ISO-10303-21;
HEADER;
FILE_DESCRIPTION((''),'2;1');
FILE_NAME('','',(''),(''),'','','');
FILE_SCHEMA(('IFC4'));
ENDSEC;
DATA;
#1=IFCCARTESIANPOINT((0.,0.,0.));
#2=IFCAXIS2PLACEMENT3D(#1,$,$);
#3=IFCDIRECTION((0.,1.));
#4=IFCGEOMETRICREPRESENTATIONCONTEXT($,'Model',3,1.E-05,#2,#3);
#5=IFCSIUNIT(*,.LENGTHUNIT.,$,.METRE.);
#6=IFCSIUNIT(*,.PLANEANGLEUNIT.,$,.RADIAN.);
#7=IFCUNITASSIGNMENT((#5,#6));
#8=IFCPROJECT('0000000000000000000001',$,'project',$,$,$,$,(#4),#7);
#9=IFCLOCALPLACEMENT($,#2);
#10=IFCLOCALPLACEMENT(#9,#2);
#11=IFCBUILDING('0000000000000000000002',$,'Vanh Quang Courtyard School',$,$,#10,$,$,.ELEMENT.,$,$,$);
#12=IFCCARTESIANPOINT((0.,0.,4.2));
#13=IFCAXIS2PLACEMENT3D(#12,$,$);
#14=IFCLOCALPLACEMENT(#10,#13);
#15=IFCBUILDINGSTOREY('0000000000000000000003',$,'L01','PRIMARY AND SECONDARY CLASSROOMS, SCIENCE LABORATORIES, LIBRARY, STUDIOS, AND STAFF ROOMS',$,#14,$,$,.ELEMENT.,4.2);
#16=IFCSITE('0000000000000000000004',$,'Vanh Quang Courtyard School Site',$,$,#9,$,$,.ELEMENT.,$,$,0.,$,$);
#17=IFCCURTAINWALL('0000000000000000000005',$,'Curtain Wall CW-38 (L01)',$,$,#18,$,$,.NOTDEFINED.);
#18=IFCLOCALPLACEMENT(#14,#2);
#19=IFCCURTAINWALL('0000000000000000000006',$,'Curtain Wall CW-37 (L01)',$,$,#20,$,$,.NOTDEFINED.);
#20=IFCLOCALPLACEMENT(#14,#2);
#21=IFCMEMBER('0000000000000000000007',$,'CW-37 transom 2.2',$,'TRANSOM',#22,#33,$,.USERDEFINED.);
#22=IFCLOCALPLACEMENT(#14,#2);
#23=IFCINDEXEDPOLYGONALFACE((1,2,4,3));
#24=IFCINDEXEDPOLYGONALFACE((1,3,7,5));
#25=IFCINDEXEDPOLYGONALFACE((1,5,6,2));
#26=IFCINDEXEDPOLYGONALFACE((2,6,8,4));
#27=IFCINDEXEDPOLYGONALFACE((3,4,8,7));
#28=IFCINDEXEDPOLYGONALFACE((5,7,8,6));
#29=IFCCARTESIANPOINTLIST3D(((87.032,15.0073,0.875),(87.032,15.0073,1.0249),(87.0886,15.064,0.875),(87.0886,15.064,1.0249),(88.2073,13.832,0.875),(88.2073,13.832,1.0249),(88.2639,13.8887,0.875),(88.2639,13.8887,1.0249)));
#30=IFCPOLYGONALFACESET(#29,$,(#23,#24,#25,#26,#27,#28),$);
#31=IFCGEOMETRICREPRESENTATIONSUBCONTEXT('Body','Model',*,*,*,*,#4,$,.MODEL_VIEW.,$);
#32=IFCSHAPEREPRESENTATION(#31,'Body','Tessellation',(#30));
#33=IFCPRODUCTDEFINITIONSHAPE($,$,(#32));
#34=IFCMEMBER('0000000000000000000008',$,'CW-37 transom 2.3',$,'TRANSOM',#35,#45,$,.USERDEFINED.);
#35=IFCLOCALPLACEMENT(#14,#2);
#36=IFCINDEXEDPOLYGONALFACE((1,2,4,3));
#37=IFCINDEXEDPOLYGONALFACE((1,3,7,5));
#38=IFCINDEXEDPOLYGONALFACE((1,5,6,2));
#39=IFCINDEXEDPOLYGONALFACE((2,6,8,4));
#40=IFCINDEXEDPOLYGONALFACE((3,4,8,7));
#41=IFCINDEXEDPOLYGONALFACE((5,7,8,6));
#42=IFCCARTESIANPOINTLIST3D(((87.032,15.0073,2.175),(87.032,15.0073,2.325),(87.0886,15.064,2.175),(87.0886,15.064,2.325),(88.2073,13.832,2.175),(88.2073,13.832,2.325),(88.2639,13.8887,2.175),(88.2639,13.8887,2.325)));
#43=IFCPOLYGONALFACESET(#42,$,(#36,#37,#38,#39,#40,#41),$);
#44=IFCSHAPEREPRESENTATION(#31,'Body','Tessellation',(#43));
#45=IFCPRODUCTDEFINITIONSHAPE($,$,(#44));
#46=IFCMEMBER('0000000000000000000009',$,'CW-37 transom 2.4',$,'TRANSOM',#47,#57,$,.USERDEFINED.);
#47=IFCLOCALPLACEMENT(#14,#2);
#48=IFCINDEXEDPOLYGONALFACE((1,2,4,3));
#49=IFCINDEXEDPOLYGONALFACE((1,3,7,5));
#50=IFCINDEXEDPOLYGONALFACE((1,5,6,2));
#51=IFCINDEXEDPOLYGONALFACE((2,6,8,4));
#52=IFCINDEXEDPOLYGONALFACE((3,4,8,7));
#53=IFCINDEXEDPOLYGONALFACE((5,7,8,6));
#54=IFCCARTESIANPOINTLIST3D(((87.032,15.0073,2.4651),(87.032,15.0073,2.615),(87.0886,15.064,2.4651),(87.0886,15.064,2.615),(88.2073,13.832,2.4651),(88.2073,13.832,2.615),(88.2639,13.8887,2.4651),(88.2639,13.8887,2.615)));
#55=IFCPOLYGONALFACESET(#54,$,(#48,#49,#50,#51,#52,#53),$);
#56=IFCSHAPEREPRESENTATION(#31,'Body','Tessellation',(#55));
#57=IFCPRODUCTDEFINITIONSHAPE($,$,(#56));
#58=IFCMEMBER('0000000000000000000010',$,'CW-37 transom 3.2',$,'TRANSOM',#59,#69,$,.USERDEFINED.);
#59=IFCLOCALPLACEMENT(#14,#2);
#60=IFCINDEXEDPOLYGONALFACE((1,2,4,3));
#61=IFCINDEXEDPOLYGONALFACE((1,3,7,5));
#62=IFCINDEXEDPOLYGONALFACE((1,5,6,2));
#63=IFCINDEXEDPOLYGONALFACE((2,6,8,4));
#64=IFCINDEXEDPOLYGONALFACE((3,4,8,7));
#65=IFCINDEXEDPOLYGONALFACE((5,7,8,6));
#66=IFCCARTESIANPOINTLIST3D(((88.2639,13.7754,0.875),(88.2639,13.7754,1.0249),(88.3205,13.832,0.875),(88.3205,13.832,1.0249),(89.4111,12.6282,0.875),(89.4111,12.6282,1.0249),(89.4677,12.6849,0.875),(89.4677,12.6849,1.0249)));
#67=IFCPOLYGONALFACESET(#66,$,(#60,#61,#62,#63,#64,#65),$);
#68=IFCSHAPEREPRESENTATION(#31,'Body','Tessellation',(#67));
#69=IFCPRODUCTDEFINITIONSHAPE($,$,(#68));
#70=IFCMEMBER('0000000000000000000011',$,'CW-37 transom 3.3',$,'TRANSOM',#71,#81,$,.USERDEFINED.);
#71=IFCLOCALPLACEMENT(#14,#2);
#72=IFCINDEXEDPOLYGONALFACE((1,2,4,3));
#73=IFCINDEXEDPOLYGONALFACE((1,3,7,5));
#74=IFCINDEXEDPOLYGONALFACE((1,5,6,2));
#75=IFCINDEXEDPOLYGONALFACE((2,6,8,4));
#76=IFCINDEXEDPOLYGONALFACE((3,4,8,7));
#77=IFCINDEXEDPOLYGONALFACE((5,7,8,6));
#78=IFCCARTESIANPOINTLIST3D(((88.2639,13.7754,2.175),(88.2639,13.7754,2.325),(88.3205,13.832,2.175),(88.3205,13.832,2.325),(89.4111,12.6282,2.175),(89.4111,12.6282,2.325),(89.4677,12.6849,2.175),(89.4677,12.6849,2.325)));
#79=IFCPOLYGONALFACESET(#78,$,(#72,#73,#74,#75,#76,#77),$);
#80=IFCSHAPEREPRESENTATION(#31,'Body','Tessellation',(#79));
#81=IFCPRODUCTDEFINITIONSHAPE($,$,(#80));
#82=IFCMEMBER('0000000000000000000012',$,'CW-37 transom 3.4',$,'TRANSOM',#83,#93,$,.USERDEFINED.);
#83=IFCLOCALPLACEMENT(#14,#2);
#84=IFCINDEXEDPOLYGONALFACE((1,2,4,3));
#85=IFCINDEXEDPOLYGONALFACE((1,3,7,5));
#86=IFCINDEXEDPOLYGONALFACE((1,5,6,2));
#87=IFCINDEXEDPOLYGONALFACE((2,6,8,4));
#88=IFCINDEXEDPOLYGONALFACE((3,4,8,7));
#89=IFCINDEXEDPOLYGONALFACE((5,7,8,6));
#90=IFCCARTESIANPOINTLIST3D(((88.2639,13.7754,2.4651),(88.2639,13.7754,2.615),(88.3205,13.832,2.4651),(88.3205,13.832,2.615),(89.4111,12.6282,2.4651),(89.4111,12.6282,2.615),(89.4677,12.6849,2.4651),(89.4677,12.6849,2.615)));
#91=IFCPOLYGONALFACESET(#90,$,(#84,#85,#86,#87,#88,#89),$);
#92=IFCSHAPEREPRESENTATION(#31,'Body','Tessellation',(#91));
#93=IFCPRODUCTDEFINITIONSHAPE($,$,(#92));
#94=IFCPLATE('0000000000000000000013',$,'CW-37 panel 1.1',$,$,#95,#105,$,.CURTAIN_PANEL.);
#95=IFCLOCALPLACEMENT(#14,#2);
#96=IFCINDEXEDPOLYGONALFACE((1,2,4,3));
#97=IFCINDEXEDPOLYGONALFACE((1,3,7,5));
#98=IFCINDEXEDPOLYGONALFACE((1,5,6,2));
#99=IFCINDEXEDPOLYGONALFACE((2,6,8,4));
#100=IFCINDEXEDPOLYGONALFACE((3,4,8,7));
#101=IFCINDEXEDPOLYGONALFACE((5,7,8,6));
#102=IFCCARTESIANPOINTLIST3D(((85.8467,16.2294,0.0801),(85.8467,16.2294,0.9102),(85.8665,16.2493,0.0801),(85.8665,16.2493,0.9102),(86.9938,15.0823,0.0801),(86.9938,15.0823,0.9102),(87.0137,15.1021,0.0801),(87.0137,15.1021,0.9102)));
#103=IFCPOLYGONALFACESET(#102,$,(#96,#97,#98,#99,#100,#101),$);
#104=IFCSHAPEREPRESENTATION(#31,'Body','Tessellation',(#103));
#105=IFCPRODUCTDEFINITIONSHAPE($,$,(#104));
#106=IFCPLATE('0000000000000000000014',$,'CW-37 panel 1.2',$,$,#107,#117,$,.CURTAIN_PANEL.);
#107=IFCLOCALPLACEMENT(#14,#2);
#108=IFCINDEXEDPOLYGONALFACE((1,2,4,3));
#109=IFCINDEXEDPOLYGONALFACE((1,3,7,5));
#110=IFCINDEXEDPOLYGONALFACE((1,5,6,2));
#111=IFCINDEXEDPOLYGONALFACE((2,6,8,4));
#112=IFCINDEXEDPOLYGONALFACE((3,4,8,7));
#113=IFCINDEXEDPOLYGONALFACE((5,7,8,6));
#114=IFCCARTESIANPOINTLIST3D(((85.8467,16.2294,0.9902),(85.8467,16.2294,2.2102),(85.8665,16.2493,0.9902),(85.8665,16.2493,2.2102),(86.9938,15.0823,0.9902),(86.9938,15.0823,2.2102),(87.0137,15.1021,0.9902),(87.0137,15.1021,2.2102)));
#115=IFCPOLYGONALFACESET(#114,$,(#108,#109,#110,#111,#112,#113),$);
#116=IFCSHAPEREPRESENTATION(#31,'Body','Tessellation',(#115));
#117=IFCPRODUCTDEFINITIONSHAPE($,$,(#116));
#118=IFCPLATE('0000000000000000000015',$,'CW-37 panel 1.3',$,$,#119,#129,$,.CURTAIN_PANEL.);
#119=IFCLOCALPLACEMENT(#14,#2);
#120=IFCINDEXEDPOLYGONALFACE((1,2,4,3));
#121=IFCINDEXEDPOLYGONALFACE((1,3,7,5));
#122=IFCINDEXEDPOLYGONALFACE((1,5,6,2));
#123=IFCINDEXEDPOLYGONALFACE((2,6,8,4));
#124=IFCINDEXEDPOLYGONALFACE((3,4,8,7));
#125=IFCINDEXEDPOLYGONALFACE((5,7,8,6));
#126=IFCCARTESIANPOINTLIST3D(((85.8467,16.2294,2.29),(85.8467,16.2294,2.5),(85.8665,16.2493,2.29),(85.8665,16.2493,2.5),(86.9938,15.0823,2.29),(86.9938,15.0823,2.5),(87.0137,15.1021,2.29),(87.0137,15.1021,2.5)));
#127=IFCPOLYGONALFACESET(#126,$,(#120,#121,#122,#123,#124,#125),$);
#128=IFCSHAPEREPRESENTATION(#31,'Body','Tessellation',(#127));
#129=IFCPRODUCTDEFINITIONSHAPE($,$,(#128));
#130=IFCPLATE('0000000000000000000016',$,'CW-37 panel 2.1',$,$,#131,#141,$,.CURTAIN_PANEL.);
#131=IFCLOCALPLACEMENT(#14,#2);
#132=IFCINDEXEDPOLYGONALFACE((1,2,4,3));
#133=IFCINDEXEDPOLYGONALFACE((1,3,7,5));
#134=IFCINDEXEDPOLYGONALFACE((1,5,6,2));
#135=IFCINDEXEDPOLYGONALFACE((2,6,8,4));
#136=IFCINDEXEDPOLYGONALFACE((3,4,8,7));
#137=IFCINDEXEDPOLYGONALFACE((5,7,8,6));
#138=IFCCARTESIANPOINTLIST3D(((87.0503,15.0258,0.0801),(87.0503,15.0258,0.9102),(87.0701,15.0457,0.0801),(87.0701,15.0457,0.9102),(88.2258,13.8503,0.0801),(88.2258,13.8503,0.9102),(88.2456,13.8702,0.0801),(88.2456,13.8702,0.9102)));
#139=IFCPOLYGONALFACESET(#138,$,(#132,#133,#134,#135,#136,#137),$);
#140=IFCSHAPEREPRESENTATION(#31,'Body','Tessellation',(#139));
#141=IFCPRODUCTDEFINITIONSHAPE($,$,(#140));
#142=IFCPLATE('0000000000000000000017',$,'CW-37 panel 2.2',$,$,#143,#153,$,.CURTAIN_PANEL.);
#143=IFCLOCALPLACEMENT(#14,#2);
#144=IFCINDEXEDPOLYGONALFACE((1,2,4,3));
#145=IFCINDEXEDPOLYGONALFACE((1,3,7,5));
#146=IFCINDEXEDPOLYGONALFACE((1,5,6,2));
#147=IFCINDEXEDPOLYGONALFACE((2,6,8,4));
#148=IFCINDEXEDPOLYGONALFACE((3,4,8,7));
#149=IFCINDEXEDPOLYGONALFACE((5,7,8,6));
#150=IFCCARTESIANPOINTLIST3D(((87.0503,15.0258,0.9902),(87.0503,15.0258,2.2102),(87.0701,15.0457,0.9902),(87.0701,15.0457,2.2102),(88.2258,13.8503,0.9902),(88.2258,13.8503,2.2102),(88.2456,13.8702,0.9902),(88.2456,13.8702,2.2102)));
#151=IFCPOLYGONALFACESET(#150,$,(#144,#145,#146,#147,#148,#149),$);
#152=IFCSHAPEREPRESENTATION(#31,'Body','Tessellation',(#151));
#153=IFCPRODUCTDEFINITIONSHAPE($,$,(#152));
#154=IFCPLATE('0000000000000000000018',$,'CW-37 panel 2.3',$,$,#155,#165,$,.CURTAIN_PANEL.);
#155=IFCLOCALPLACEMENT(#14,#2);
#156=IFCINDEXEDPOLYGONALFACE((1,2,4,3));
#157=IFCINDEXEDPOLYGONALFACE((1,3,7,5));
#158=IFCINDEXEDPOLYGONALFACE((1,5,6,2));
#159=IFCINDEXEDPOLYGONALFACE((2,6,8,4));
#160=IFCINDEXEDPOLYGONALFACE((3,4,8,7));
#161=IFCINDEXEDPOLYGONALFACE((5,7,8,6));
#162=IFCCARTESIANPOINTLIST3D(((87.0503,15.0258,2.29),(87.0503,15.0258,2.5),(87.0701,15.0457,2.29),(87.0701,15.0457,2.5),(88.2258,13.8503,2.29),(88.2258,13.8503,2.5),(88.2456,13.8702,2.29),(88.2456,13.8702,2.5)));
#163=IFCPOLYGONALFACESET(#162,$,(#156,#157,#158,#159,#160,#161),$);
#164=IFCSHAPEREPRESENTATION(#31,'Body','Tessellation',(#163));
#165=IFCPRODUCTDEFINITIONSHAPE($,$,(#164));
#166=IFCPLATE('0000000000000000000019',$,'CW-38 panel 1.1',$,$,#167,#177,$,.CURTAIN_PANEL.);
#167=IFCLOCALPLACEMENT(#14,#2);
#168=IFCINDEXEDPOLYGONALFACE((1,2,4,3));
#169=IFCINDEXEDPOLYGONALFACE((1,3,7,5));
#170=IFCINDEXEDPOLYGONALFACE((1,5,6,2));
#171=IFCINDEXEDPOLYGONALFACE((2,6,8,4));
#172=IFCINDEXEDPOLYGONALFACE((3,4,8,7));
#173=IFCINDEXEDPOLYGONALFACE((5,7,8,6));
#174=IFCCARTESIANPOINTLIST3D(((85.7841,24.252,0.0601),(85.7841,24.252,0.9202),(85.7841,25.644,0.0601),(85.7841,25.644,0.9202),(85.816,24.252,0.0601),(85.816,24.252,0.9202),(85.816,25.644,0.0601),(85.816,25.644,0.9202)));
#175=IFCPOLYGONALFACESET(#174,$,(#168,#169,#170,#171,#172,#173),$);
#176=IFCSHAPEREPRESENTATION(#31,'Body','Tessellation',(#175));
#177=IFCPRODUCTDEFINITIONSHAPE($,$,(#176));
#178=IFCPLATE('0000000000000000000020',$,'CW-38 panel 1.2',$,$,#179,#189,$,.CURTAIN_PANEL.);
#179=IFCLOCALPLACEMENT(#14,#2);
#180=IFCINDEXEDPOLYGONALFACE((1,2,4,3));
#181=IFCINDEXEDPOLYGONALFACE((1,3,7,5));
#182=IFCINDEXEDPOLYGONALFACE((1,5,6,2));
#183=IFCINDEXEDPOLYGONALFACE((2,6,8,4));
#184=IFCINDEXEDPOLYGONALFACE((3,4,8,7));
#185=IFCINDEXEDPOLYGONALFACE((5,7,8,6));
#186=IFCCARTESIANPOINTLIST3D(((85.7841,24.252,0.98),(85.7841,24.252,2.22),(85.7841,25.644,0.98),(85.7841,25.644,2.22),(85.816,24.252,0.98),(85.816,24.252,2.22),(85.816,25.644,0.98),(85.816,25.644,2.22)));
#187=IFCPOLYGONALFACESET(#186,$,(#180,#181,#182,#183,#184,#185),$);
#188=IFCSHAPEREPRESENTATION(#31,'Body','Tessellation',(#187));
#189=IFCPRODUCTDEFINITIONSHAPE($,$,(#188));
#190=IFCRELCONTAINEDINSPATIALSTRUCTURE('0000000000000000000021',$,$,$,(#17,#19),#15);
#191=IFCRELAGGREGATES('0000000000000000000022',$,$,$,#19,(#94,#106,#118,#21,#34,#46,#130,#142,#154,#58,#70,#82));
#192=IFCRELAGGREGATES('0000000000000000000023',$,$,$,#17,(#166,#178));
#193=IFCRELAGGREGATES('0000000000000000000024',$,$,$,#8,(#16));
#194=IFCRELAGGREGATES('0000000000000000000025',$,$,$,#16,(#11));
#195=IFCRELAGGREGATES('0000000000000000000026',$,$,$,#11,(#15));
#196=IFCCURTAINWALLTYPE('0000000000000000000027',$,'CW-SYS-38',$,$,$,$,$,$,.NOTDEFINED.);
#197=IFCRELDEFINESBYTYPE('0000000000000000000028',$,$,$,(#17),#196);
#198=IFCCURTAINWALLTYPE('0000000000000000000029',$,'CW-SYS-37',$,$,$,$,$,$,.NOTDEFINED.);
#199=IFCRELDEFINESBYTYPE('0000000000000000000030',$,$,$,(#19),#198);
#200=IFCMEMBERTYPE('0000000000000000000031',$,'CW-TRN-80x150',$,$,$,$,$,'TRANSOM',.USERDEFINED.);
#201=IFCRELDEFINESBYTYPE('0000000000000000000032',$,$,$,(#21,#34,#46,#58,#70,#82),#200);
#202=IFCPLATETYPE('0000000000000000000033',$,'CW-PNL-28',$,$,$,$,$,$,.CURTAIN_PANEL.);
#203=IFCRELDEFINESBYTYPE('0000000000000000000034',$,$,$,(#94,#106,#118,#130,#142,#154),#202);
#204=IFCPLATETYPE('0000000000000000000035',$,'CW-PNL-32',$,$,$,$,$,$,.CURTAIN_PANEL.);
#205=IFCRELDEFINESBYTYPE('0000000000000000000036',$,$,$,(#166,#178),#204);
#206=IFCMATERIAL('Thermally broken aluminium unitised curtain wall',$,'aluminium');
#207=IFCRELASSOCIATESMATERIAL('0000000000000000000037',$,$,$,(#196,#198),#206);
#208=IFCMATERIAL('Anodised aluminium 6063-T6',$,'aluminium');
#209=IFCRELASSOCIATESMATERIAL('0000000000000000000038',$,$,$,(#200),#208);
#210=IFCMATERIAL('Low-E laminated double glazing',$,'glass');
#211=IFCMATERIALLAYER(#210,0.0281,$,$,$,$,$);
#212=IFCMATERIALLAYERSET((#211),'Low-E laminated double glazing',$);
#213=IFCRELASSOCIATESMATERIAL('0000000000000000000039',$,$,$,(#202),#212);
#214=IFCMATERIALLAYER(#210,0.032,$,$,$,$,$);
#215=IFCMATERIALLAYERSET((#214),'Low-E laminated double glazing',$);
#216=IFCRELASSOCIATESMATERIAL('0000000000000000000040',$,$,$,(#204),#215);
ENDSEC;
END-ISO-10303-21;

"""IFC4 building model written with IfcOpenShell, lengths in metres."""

from ifc_helpers import new_model, si_unit, direction, frame, origin, origin_2d, place, context, subcontext, project, spatial, rectangle, extrude, material, layer, layer_set, material_profile, profile_set, type_object, element, aggregate, save


model = new_model("IFC4")

# Units and contexts
model_context = context("Model", 3, precision=1e-05, world=origin(), true_north=direction((0.0, 1.0)))
body_context = subcontext(model_context, "Body", "Model", "MODEL_VIEW")
ifc_project = project(units=[si_unit("LENGTHUNIT", "METRE"), si_unit("PLANEANGLEUNIT", "RADIAN")], contexts=[model_context])

# Site, building, storey
site_placement = place(None, origin())
site = spatial("IfcSite", under=ifc_project, at=site_placement, Name="Vanh Quang Courtyard School Site", CompositionType="ELEMENT", RefElevation=0.0)
building_placement = place(site_placement, origin())
building = spatial("IfcBuilding", under=site, at=building_placement, Name="Vanh Quang Courtyard School", CompositionType="ELEMENT")
storey_placement = place(building_placement, frame((0.0, 0.0, 4.2)))
storey = spatial("IfcBuildingStorey", under=building, at=storey_placement, Name="L01", Description="PRIMARY AND SECONDARY CLASSROOMS, SCIENCE LABORATORIES, LIBRARY, STUDIOS, AND STAFF ROOMS", CompositionType="ELEMENT", Elevation=4.2)

# Curtain wall
ifc_material_1 = material(Name="Thermally broken aluminium unitised curtain wall", Category="aluminium")
curtain_wall_type_1 = type_object("IfcCurtainWallType", Name="CW-SYS-38", PredefinedType="NOTDEFINED", material=ifc_material_1)
curtain_wall_1_placement = place(storey_placement, origin())
curtain_wall_1 = element("IfcCurtainWall", 1, at=curtain_wall_1_placement, inside=storey, type_object=curtain_wall_type_1, Name="Curtain Wall CW-38 (L01)", PredefinedType="NOTDEFINED")
ifc_material_2 = material(Name="Anodised aluminium 6063-T6", Category="aluminium")

# Curtain wall
curtain_wall_type_2 = type_object("IfcCurtainWallType", Name="CW-SYS-37", PredefinedType="NOTDEFINED", material=ifc_material_1)
curtain_wall_2_placement = place(storey_placement, origin())
curtain_wall_2 = element("IfcCurtainWall", 2, at=curtain_wall_2_placement, inside=storey, type_object=curtain_wall_type_2, Name="Curtain Wall CW-37 (L01)", PredefinedType="NOTDEFINED")

# Members
ifc_material_profile_1 = material_profile(ifc_material_2, rectangle(XDim=0.0801, YDim=0.1499, at=origin_2d()), Name="ALU-TRN 80x150")
ifc_profile_set_1 = profile_set([ifc_material_profile_1], Name="Anodised aluminium 6063-T6")
member_type_1 = type_object("IfcMemberType", Name="CW-TRN-80x150", ElementType="TRANSOM", PredefinedType="USERDEFINED", material=ifc_profile_set_1)
member_1_placement = place(storey_placement, frame((87.0603, 15.0356, 0.95), z_axis=(0.707107, -0.707107, 0.0), x_axis=(0.707107, 0.707107, 0.0)))
member_1 = element("IfcMember", 3, at=member_1_placement, type_object=member_type_1, Name="CW-37 transom 2.2", ObjectType="TRANSOM", PredefinedType="USERDEFINED", context=body_context, shape_type="SweptSolid", body=[
    extrude(rectangle(XDim=0.0801, YDim=0.1499, at=origin_2d()), origin(), (0.0, 0.0, 1.0), 1.6621),
])
member_2_placement = place(storey_placement, frame((87.0603, 15.0356, 2.25), z_axis=(0.707107, -0.707107, 0.0), x_axis=(0.707107, 0.707107, 0.0)))
member_2 = element("IfcMember", 4, at=member_2_placement, type_object=member_type_1, Name="CW-37 transom 2.3", ObjectType="TRANSOM", PredefinedType="USERDEFINED", context=body_context, shape_type="SweptSolid", body=[
    extrude(rectangle(XDim=0.0801, YDim=0.1499, at=origin_2d()), origin(), (0.0, 0.0, 1.0), 1.6621),
])
member_3_placement = place(storey_placement, frame((87.0603, 15.0356, 2.54), z_axis=(0.707107, -0.707107, 0.0), x_axis=(0.707107, 0.707107, 0.0)))
member_3 = element("IfcMember", 5, at=member_3_placement, type_object=member_type_1, Name="CW-37 transom 2.4", ObjectType="TRANSOM", PredefinedType="USERDEFINED", context=body_context, shape_type="SweptSolid", body=[
    extrude(rectangle(XDim=0.0801, YDim=0.1499, at=origin_2d()), origin(), (0.0, 0.0, 1.0), 1.6621),
])
member_4_placement = place(storey_placement, frame((88.2922, 13.8037, 0.95), z_axis=(0.707107, -0.707107, 0.0), x_axis=(0.707107, 0.707107, 0.0)))
member_4 = element("IfcMember", 6, at=member_4_placement, type_object=member_type_1, Name="CW-37 transom 3.2", ObjectType="TRANSOM", PredefinedType="USERDEFINED", context=body_context, shape_type="SweptSolid", body=[
    extrude(rectangle(XDim=0.0801, YDim=0.1499, at=origin_2d()), origin(), (0.0, 0.0, 1.0), 1.6223),
])
member_5_placement = place(storey_placement, frame((88.2922, 13.8037, 2.25), z_axis=(0.707107, -0.707107, 0.0), x_axis=(0.707107, 0.707107, 0.0)))
member_5 = element("IfcMember", 7, at=member_5_placement, type_object=member_type_1, Name="CW-37 transom 3.3", ObjectType="TRANSOM", PredefinedType="USERDEFINED", context=body_context, shape_type="SweptSolid", body=[
    extrude(rectangle(XDim=0.0801, YDim=0.1499, at=origin_2d()), origin(), (0.0, 0.0, 1.0), 1.6223),
])
member_6_placement = place(storey_placement, frame((88.2922, 13.8037, 2.54), z_axis=(0.707107, -0.707107, 0.0), x_axis=(0.707107, 0.707107, 0.0)))
member_6 = element("IfcMember", 8, at=member_6_placement, type_object=member_type_1, Name="CW-37 transom 3.4", ObjectType="TRANSOM", PredefinedType="USERDEFINED", context=body_context, shape_type="SweptSolid", body=[
    extrude(rectangle(XDim=0.0801, YDim=0.1499, at=origin_2d()), origin(), (0.0, 0.0, 1.0), 1.6223),
])

# Plates
ifc_material_3 = material(Name="Low-E laminated double glazing", Category="glass")
ifc_layer_1 = layer(ifc_material_3, 0.0281)
ifc_layer_set_1 = layer_set([ifc_layer_1], Name="Low-E laminated double glazing")
plate_type_1 = type_object("IfcPlateType", Name="CW-PNL-28", PredefinedType="CURTAIN_PANEL", material=ifc_layer_set_1)
plate_1_placement = place(storey_placement, frame((86.4302, 15.6658, 0.0801), z_axis=(0.0, 0.0, 1.0), x_axis=(0.707107, -0.707107, 0.0)))
plate_1 = element("IfcPlate", 9, at=plate_1_placement, type_object=plate_type_1, Name="CW-37 panel 1.1", PredefinedType="CURTAIN_PANEL", context=body_context, shape_type="SweptSolid", body=[
    extrude(rectangle(XDim=1.6223, YDim=0.0281, at=origin_2d()), origin(), (0.0, 0.0, 1.0), 0.8301),
])
plate_2_placement = place(storey_placement, frame((86.4302, 15.6658, 0.9902), z_axis=(0.0, 0.0, 1.0), x_axis=(0.707107, -0.707107, 0.0)))
plate_2 = element("IfcPlate", 10, at=plate_2_placement, type_object=plate_type_1, Name="CW-37 panel 1.2", PredefinedType="CURTAIN_PANEL", context=body_context, shape_type="SweptSolid", body=[
    extrude(rectangle(XDim=1.6223, YDim=0.0281, at=origin_2d()), origin(), (0.0, 0.0, 1.0), 1.22),
])
plate_3_placement = place(storey_placement, frame((86.4302, 15.6658, 2.29), z_axis=(0.0, 0.0, 1.0), x_axis=(0.707107, -0.707107, 0.0)))
plate_3 = element("IfcPlate", 11, at=plate_3_placement, type_object=plate_type_1, Name="CW-37 panel 1.3", PredefinedType="CURTAIN_PANEL", context=body_context, shape_type="SweptSolid", body=[
    extrude(rectangle(XDim=1.6223, YDim=0.0281, at=origin_2d()), origin(), (0.0, 0.0, 1.0), 0.21),
])
plate_4_placement = place(storey_placement, frame((87.6479, 14.448, 0.0801), z_axis=(0.0, 0.0, 1.0), x_axis=(0.707107, -0.707107, 0.0)))
plate_4 = element("IfcPlate", 12, at=plate_4_placement, type_object=plate_type_1, Name="CW-37 panel 2.1", PredefinedType="CURTAIN_PANEL", context=body_context, shape_type="SweptSolid", body=[
    extrude(rectangle(XDim=1.6624, YDim=0.0281, at=origin_2d()), origin(), (0.0, 0.0, 1.0), 0.8301),
])
plate_5_placement = place(storey_placement, frame((87.6479, 14.448, 0.9902), z_axis=(0.0, 0.0, 1.0), x_axis=(0.707107, -0.707107, 0.0)))
plate_5 = element("IfcPlate", 13, at=plate_5_placement, type_object=plate_type_1, Name="CW-37 panel 2.2", PredefinedType="CURTAIN_PANEL", context=body_context, shape_type="SweptSolid", body=[
    extrude(rectangle(XDim=1.6624, YDim=0.0281, at=origin_2d()), origin(), (0.0, 0.0, 1.0), 1.22),
])
plate_6_placement = place(storey_placement, frame((87.6479, 14.448, 2.29), z_axis=(0.0, 0.0, 1.0), x_axis=(0.707107, -0.707107, 0.0)))
plate_6 = element("IfcPlate", 14, at=plate_6_placement, type_object=plate_type_1, Name="CW-37 panel 2.3", PredefinedType="CURTAIN_PANEL", context=body_context, shape_type="SweptSolid", body=[
    extrude(rectangle(XDim=1.6624, YDim=0.0281, at=origin_2d()), origin(), (0.0, 0.0, 1.0), 0.21),
])
aggregate(curtain_wall_2, [plate_1, plate_2, plate_3, member_1, member_2, member_3, plate_4, plate_5, plate_6, member_4, member_5, member_6])
ifc_layer_2 = layer(ifc_material_3, 0.032)
ifc_layer_set_2 = layer_set([ifc_layer_2], Name="Low-E laminated double glazing")
plate_type_2 = type_object("IfcPlateType", Name="CW-PNL-32", PredefinedType="CURTAIN_PANEL", material=ifc_layer_set_2)
plate_7_placement = place(storey_placement, frame((85.8, 24.948, 0.0601), z_axis=(0.0, 0.0, 1.0), x_axis=(0.0, -1.0, 0.0)))
plate_7 = element("IfcPlate", 15, at=plate_7_placement, type_object=plate_type_2, Name="CW-38 panel 1.1", PredefinedType="CURTAIN_PANEL", context=body_context, shape_type="SweptSolid", body=[
    extrude(rectangle(XDim=1.3921, YDim=0.032, at=origin_2d()), origin(), (0.0, 0.0, 1.0), 0.8601),
])
plate_8_placement = place(storey_placement, frame((85.8, 24.948, 0.98), z_axis=(0.0, 0.0, 1.0), x_axis=(0.0, -1.0, 0.0)))
plate_8 = element("IfcPlate", 16, at=plate_8_placement, type_object=plate_type_2, Name="CW-38 panel 1.2", PredefinedType="CURTAIN_PANEL", context=body_context, shape_type="SweptSolid", body=[
    extrude(rectangle(XDim=1.3921, YDim=0.032, at=origin_2d()), origin(), (0.0, 0.0, 1.0), 1.24),
])
aggregate(curtain_wall_1, [plate_7, plate_8])

save(model, "model.ifc")
